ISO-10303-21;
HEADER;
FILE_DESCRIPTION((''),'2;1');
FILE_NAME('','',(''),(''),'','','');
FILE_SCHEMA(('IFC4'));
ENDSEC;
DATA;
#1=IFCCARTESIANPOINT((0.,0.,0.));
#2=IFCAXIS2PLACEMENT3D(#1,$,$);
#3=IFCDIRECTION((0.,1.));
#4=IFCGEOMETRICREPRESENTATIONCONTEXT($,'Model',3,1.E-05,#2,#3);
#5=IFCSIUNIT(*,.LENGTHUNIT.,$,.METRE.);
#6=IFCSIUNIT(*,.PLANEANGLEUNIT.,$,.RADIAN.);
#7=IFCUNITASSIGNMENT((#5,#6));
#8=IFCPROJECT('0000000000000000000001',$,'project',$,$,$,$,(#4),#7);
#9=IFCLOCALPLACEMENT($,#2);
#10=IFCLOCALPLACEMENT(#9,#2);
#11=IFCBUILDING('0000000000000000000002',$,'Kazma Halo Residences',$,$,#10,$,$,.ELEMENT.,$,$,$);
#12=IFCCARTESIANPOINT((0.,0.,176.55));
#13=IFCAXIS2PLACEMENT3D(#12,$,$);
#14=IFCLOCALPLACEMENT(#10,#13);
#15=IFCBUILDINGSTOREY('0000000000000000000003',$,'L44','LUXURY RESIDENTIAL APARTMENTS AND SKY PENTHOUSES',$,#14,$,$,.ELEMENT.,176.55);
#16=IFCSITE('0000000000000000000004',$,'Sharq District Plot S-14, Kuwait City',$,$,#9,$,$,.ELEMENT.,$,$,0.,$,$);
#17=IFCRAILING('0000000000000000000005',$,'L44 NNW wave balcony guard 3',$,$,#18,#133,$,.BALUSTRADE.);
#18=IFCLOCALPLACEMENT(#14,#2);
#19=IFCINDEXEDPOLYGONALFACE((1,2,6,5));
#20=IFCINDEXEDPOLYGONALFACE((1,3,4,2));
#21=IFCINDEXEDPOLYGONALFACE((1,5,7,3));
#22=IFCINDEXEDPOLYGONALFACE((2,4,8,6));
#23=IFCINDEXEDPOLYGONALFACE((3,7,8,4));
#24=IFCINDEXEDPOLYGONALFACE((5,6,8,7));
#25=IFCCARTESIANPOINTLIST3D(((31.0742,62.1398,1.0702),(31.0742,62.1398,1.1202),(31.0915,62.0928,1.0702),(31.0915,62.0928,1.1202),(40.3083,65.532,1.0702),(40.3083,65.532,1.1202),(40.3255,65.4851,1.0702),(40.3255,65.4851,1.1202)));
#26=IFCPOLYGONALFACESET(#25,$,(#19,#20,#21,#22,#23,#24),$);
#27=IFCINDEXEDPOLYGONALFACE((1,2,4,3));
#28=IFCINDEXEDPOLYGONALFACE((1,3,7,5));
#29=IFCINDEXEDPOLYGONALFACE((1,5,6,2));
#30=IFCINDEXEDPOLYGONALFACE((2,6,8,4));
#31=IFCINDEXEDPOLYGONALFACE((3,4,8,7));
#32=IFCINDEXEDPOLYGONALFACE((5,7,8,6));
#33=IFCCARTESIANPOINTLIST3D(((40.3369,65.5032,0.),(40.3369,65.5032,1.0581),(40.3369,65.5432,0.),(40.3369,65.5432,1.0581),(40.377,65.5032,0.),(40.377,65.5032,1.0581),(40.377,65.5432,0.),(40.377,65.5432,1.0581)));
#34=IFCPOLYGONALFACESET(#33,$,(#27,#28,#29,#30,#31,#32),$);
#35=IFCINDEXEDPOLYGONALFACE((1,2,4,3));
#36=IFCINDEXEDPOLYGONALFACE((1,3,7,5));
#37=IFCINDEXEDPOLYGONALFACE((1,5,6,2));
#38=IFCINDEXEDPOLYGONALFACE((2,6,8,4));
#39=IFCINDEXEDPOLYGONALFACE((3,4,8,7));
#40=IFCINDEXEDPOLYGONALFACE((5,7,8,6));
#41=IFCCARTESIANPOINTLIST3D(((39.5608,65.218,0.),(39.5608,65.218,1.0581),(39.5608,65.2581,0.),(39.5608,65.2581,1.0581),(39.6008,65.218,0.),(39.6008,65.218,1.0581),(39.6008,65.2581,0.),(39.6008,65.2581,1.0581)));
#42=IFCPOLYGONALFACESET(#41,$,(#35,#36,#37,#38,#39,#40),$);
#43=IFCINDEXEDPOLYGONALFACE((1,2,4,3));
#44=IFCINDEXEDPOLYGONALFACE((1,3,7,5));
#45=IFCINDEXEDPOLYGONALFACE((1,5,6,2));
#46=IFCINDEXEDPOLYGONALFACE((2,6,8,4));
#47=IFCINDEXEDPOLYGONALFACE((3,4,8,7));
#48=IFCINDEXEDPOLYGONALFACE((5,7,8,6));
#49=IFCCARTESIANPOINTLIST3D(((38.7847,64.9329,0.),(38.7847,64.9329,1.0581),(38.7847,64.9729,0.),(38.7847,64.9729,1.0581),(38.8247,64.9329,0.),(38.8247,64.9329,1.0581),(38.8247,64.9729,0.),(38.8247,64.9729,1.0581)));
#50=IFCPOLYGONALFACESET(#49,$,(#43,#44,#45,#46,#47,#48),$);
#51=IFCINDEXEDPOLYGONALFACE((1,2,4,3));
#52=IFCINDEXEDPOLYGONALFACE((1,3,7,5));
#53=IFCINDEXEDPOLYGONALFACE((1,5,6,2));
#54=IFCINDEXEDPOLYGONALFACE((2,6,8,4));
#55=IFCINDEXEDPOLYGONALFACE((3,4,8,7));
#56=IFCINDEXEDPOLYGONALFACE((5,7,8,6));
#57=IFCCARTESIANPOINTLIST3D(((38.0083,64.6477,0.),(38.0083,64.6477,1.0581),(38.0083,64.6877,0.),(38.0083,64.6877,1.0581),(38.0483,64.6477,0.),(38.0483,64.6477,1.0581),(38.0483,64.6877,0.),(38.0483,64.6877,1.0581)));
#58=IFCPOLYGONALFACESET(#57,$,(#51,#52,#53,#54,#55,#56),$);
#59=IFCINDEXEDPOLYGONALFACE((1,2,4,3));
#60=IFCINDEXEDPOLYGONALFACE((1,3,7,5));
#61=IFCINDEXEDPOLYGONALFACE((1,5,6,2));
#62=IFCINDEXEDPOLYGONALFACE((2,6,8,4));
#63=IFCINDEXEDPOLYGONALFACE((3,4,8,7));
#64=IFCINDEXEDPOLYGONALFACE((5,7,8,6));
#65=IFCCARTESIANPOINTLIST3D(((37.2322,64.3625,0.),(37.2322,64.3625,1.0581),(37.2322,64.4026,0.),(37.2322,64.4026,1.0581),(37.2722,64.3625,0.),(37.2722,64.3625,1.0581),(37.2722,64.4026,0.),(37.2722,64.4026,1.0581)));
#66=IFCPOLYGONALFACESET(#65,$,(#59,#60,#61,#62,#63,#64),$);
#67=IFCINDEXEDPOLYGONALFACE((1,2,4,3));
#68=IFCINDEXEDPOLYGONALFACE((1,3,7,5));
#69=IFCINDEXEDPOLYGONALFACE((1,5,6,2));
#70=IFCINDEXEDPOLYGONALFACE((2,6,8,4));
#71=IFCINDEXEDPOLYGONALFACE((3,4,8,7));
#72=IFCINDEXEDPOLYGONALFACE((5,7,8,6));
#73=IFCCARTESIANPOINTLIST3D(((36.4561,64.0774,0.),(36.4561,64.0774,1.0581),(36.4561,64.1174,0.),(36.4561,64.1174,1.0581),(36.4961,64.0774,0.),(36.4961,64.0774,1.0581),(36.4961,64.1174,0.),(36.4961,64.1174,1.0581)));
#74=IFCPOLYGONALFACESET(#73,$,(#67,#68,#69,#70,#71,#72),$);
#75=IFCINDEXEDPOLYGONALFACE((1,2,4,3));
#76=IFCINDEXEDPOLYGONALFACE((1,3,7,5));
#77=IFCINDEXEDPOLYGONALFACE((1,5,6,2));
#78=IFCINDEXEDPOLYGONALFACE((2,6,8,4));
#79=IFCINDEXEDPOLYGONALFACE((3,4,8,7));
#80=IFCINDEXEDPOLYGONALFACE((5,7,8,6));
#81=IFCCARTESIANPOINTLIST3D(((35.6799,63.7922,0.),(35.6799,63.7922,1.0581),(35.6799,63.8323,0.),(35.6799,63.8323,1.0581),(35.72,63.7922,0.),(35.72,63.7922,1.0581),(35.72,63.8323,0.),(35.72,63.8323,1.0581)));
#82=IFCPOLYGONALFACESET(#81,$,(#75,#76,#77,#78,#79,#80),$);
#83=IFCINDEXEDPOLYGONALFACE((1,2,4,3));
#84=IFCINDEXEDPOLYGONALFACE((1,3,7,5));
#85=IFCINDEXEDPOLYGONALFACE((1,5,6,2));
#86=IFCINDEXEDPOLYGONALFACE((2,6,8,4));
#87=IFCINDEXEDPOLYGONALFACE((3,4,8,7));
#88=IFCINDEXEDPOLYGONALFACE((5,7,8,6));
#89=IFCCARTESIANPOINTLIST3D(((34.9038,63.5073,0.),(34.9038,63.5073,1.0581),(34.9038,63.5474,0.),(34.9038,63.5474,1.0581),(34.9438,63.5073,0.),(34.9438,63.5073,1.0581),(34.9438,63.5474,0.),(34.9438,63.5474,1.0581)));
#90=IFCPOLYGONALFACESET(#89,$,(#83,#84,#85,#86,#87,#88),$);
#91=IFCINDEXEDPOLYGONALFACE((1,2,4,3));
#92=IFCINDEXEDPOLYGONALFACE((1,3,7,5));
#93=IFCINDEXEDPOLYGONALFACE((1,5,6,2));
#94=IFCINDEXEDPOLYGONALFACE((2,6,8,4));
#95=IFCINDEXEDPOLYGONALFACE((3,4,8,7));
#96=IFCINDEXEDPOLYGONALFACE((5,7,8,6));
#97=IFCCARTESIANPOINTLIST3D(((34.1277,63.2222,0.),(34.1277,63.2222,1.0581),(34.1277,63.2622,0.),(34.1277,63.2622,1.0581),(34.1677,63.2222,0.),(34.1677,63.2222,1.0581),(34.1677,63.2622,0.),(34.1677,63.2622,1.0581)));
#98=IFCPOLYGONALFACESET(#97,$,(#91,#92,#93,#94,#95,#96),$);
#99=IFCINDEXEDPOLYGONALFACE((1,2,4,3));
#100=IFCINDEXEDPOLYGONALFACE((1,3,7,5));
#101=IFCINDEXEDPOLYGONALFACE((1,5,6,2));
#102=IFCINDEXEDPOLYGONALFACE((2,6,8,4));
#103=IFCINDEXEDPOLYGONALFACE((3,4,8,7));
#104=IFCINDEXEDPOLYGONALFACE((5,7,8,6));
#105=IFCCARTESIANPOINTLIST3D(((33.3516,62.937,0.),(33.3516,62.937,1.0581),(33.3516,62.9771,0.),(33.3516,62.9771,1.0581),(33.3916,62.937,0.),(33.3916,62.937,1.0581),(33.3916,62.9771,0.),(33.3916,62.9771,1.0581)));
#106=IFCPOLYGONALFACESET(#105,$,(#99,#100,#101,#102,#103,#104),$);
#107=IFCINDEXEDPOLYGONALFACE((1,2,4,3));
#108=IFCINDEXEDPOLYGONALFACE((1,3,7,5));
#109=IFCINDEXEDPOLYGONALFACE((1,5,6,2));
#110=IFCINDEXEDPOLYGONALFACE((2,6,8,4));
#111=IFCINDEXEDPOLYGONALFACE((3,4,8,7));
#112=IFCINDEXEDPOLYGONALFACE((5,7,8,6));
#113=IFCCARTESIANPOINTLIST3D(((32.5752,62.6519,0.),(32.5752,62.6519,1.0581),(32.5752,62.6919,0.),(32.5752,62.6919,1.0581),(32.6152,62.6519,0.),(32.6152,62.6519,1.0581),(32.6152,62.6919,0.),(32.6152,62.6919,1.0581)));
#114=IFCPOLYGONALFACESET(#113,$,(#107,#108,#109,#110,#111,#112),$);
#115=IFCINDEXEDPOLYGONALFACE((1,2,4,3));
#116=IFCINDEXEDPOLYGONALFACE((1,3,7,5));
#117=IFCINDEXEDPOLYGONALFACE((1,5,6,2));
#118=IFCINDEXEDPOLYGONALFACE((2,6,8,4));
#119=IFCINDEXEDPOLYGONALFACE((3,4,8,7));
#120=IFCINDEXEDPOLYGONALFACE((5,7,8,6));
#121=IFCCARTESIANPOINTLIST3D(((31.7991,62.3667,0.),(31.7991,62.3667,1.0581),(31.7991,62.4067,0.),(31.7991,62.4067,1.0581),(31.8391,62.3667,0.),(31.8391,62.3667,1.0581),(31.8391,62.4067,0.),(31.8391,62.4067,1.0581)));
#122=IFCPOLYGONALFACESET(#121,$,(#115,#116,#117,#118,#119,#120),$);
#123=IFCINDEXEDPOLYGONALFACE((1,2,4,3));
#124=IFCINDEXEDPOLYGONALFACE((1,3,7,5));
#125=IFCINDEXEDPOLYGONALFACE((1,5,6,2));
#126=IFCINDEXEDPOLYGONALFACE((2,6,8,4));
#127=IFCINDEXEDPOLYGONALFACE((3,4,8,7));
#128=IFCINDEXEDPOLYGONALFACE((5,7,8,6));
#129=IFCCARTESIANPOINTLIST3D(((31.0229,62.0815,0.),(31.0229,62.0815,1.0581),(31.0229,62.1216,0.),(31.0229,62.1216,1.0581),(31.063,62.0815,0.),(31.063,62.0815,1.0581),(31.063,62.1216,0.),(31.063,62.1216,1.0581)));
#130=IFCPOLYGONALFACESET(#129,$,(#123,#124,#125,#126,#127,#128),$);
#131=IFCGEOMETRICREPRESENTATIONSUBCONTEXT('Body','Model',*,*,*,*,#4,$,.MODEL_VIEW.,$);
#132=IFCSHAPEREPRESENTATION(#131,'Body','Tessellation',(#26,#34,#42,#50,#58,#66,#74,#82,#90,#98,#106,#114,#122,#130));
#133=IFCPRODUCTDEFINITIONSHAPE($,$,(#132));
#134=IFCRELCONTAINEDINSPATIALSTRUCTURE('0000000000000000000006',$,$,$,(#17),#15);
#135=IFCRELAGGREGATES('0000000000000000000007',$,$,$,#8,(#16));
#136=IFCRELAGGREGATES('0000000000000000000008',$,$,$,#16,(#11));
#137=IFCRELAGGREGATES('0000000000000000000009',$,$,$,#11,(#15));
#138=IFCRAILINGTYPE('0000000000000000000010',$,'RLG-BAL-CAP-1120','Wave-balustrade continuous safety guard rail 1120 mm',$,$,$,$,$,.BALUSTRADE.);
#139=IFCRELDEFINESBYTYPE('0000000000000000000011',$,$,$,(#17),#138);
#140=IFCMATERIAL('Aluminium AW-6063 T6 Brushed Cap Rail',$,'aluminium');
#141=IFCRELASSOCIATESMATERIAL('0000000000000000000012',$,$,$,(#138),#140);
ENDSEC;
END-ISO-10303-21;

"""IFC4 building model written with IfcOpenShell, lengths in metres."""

from ifc_helpers import new_model, si_unit, direction, frame, origin, origin_2d, place, context, subcontext, project, spatial, rectangle, extrude, material, type_object, element, save


model = new_model("IFC4")

# Units and contexts
model_context = context("Model", 3, precision=1e-05, world=origin(), true_north=direction((0.0, 1.0)))
body_context = subcontext(model_context, "Body", "Model", "MODEL_VIEW")
ifc_project = project(units=[si_unit("LENGTHUNIT", "METRE"), si_unit("PLANEANGLEUNIT", "RADIAN")], contexts=[model_context])

# Site, building, storey
site_placement = place(None, origin())
site = spatial("IfcSite", under=ifc_project, at=site_placement, Name="Sharq District Plot S-14, Kuwait City", CompositionType="ELEMENT", RefElevation=0.0)
building_placement = place(site_placement, origin())
building = spatial("IfcBuilding", under=site, at=building_placement, Name="Kazma Halo Residences", CompositionType="ELEMENT")
storey_placement = place(building_placement, frame((0.0, 0.0, 176.55)))
storey = spatial("IfcBuildingStorey", under=building, at=storey_placement, Name="L44", Description="LUXURY RESIDENTIAL APARTMENTS AND SKY PENTHOUSES", CompositionType="ELEMENT", Elevation=176.55)

# Railing
ifc_material_1 = material(Name="Aluminium AW-6063 T6 Brushed Cap Rail", Category="aluminium")
railing_type = type_object("IfcRailingType", Name="RLG-BAL-CAP-1120", Description="Wave-balustrade continuous safety guard rail 1120 mm", PredefinedType="BALUSTRADE", material=ifc_material_1)
railing_placement = place(storey_placement, frame((40.3569, 65.5232, 0.0)))
element("IfcRailing", 1, at=railing_placement, inside=storey, type_object=railing_type, Name="L44 NNW wave balcony guard 3", PredefinedType="BALUSTRADE", context=body_context, shape_type="SweptSolid", body=[
    extrude(rectangle(XDim=0.05, YDim=0.05, at=origin_2d()), frame((-0.04, -0.0146, 1.0952), z_axis=(-0.938664, -0.344833, 0.0), x_axis=(0.344833, -0.938664, 0.0)), (0.0, 0.0, 1.0), 9.8374),
    extrude(rectangle(XDim=0.04, YDim=0.04, at=origin_2d()), origin(), (0.0, 0.0, 1.0), 1.0581),
    extrude(rectangle(XDim=0.04, YDim=0.04, at=origin_2d()), frame((-0.7761, -0.2852, 0.0)), (0.0, 0.0, 1.0), 1.0581),
    extrude(rectangle(XDim=0.04, YDim=0.04, at=origin_2d()), frame((-1.5522, -0.5703, 0.0)), (0.0, 0.0, 1.0), 1.0581),
    extrude(rectangle(XDim=0.04, YDim=0.04, at=origin_2d()), frame((-2.3286, -0.8555, 0.0)), (0.0, 0.0, 1.0), 1.0581),
    extrude(rectangle(XDim=0.04, YDim=0.04, at=origin_2d()), frame((-3.1047, -1.1406, 0.0)), (0.0, 0.0, 1.0), 1.0581),
    extrude(rectangle(XDim=0.04, YDim=0.04, at=origin_2d()), frame((-3.8809, -1.4258, 0.0)), (0.0, 0.0, 1.0), 1.0581),
    extrude(rectangle(XDim=0.04, YDim=0.04, at=origin_2d()), frame((-4.657, -1.7109, 0.0)), (0.0, 0.0, 1.0), 1.0581),
    extrude(rectangle(XDim=0.04, YDim=0.04, at=origin_2d()), frame((-5.4331, -1.9958, 0.0)), (0.0, 0.0, 1.0), 1.0581),
    extrude(rectangle(XDim=0.04, YDim=0.04, at=origin_2d()), frame((-6.2092, -2.281, 0.0)), (0.0, 0.0, 1.0), 1.0581),
    extrude(rectangle(XDim=0.04, YDim=0.04, at=origin_2d()), frame((-6.9854, -2.5662, 0.0)), (0.0, 0.0, 1.0), 1.0581),
    extrude(rectangle(XDim=0.04, YDim=0.04, at=origin_2d()), frame((-7.7617, -2.8513, 0.0)), (0.0, 0.0, 1.0), 1.0581),
    extrude(rectangle(XDim=0.04, YDim=0.04, at=origin_2d()), frame((-8.5378, -3.1365, 0.0)), (0.0, 0.0, 1.0), 1.0581),
    extrude(rectangle(XDim=0.04, YDim=0.04, at=origin_2d()), frame((-9.314, -3.4216, 0.0)), (0.0, 0.0, 1.0), 1.0581),
])

save(model, "model.ifc")
